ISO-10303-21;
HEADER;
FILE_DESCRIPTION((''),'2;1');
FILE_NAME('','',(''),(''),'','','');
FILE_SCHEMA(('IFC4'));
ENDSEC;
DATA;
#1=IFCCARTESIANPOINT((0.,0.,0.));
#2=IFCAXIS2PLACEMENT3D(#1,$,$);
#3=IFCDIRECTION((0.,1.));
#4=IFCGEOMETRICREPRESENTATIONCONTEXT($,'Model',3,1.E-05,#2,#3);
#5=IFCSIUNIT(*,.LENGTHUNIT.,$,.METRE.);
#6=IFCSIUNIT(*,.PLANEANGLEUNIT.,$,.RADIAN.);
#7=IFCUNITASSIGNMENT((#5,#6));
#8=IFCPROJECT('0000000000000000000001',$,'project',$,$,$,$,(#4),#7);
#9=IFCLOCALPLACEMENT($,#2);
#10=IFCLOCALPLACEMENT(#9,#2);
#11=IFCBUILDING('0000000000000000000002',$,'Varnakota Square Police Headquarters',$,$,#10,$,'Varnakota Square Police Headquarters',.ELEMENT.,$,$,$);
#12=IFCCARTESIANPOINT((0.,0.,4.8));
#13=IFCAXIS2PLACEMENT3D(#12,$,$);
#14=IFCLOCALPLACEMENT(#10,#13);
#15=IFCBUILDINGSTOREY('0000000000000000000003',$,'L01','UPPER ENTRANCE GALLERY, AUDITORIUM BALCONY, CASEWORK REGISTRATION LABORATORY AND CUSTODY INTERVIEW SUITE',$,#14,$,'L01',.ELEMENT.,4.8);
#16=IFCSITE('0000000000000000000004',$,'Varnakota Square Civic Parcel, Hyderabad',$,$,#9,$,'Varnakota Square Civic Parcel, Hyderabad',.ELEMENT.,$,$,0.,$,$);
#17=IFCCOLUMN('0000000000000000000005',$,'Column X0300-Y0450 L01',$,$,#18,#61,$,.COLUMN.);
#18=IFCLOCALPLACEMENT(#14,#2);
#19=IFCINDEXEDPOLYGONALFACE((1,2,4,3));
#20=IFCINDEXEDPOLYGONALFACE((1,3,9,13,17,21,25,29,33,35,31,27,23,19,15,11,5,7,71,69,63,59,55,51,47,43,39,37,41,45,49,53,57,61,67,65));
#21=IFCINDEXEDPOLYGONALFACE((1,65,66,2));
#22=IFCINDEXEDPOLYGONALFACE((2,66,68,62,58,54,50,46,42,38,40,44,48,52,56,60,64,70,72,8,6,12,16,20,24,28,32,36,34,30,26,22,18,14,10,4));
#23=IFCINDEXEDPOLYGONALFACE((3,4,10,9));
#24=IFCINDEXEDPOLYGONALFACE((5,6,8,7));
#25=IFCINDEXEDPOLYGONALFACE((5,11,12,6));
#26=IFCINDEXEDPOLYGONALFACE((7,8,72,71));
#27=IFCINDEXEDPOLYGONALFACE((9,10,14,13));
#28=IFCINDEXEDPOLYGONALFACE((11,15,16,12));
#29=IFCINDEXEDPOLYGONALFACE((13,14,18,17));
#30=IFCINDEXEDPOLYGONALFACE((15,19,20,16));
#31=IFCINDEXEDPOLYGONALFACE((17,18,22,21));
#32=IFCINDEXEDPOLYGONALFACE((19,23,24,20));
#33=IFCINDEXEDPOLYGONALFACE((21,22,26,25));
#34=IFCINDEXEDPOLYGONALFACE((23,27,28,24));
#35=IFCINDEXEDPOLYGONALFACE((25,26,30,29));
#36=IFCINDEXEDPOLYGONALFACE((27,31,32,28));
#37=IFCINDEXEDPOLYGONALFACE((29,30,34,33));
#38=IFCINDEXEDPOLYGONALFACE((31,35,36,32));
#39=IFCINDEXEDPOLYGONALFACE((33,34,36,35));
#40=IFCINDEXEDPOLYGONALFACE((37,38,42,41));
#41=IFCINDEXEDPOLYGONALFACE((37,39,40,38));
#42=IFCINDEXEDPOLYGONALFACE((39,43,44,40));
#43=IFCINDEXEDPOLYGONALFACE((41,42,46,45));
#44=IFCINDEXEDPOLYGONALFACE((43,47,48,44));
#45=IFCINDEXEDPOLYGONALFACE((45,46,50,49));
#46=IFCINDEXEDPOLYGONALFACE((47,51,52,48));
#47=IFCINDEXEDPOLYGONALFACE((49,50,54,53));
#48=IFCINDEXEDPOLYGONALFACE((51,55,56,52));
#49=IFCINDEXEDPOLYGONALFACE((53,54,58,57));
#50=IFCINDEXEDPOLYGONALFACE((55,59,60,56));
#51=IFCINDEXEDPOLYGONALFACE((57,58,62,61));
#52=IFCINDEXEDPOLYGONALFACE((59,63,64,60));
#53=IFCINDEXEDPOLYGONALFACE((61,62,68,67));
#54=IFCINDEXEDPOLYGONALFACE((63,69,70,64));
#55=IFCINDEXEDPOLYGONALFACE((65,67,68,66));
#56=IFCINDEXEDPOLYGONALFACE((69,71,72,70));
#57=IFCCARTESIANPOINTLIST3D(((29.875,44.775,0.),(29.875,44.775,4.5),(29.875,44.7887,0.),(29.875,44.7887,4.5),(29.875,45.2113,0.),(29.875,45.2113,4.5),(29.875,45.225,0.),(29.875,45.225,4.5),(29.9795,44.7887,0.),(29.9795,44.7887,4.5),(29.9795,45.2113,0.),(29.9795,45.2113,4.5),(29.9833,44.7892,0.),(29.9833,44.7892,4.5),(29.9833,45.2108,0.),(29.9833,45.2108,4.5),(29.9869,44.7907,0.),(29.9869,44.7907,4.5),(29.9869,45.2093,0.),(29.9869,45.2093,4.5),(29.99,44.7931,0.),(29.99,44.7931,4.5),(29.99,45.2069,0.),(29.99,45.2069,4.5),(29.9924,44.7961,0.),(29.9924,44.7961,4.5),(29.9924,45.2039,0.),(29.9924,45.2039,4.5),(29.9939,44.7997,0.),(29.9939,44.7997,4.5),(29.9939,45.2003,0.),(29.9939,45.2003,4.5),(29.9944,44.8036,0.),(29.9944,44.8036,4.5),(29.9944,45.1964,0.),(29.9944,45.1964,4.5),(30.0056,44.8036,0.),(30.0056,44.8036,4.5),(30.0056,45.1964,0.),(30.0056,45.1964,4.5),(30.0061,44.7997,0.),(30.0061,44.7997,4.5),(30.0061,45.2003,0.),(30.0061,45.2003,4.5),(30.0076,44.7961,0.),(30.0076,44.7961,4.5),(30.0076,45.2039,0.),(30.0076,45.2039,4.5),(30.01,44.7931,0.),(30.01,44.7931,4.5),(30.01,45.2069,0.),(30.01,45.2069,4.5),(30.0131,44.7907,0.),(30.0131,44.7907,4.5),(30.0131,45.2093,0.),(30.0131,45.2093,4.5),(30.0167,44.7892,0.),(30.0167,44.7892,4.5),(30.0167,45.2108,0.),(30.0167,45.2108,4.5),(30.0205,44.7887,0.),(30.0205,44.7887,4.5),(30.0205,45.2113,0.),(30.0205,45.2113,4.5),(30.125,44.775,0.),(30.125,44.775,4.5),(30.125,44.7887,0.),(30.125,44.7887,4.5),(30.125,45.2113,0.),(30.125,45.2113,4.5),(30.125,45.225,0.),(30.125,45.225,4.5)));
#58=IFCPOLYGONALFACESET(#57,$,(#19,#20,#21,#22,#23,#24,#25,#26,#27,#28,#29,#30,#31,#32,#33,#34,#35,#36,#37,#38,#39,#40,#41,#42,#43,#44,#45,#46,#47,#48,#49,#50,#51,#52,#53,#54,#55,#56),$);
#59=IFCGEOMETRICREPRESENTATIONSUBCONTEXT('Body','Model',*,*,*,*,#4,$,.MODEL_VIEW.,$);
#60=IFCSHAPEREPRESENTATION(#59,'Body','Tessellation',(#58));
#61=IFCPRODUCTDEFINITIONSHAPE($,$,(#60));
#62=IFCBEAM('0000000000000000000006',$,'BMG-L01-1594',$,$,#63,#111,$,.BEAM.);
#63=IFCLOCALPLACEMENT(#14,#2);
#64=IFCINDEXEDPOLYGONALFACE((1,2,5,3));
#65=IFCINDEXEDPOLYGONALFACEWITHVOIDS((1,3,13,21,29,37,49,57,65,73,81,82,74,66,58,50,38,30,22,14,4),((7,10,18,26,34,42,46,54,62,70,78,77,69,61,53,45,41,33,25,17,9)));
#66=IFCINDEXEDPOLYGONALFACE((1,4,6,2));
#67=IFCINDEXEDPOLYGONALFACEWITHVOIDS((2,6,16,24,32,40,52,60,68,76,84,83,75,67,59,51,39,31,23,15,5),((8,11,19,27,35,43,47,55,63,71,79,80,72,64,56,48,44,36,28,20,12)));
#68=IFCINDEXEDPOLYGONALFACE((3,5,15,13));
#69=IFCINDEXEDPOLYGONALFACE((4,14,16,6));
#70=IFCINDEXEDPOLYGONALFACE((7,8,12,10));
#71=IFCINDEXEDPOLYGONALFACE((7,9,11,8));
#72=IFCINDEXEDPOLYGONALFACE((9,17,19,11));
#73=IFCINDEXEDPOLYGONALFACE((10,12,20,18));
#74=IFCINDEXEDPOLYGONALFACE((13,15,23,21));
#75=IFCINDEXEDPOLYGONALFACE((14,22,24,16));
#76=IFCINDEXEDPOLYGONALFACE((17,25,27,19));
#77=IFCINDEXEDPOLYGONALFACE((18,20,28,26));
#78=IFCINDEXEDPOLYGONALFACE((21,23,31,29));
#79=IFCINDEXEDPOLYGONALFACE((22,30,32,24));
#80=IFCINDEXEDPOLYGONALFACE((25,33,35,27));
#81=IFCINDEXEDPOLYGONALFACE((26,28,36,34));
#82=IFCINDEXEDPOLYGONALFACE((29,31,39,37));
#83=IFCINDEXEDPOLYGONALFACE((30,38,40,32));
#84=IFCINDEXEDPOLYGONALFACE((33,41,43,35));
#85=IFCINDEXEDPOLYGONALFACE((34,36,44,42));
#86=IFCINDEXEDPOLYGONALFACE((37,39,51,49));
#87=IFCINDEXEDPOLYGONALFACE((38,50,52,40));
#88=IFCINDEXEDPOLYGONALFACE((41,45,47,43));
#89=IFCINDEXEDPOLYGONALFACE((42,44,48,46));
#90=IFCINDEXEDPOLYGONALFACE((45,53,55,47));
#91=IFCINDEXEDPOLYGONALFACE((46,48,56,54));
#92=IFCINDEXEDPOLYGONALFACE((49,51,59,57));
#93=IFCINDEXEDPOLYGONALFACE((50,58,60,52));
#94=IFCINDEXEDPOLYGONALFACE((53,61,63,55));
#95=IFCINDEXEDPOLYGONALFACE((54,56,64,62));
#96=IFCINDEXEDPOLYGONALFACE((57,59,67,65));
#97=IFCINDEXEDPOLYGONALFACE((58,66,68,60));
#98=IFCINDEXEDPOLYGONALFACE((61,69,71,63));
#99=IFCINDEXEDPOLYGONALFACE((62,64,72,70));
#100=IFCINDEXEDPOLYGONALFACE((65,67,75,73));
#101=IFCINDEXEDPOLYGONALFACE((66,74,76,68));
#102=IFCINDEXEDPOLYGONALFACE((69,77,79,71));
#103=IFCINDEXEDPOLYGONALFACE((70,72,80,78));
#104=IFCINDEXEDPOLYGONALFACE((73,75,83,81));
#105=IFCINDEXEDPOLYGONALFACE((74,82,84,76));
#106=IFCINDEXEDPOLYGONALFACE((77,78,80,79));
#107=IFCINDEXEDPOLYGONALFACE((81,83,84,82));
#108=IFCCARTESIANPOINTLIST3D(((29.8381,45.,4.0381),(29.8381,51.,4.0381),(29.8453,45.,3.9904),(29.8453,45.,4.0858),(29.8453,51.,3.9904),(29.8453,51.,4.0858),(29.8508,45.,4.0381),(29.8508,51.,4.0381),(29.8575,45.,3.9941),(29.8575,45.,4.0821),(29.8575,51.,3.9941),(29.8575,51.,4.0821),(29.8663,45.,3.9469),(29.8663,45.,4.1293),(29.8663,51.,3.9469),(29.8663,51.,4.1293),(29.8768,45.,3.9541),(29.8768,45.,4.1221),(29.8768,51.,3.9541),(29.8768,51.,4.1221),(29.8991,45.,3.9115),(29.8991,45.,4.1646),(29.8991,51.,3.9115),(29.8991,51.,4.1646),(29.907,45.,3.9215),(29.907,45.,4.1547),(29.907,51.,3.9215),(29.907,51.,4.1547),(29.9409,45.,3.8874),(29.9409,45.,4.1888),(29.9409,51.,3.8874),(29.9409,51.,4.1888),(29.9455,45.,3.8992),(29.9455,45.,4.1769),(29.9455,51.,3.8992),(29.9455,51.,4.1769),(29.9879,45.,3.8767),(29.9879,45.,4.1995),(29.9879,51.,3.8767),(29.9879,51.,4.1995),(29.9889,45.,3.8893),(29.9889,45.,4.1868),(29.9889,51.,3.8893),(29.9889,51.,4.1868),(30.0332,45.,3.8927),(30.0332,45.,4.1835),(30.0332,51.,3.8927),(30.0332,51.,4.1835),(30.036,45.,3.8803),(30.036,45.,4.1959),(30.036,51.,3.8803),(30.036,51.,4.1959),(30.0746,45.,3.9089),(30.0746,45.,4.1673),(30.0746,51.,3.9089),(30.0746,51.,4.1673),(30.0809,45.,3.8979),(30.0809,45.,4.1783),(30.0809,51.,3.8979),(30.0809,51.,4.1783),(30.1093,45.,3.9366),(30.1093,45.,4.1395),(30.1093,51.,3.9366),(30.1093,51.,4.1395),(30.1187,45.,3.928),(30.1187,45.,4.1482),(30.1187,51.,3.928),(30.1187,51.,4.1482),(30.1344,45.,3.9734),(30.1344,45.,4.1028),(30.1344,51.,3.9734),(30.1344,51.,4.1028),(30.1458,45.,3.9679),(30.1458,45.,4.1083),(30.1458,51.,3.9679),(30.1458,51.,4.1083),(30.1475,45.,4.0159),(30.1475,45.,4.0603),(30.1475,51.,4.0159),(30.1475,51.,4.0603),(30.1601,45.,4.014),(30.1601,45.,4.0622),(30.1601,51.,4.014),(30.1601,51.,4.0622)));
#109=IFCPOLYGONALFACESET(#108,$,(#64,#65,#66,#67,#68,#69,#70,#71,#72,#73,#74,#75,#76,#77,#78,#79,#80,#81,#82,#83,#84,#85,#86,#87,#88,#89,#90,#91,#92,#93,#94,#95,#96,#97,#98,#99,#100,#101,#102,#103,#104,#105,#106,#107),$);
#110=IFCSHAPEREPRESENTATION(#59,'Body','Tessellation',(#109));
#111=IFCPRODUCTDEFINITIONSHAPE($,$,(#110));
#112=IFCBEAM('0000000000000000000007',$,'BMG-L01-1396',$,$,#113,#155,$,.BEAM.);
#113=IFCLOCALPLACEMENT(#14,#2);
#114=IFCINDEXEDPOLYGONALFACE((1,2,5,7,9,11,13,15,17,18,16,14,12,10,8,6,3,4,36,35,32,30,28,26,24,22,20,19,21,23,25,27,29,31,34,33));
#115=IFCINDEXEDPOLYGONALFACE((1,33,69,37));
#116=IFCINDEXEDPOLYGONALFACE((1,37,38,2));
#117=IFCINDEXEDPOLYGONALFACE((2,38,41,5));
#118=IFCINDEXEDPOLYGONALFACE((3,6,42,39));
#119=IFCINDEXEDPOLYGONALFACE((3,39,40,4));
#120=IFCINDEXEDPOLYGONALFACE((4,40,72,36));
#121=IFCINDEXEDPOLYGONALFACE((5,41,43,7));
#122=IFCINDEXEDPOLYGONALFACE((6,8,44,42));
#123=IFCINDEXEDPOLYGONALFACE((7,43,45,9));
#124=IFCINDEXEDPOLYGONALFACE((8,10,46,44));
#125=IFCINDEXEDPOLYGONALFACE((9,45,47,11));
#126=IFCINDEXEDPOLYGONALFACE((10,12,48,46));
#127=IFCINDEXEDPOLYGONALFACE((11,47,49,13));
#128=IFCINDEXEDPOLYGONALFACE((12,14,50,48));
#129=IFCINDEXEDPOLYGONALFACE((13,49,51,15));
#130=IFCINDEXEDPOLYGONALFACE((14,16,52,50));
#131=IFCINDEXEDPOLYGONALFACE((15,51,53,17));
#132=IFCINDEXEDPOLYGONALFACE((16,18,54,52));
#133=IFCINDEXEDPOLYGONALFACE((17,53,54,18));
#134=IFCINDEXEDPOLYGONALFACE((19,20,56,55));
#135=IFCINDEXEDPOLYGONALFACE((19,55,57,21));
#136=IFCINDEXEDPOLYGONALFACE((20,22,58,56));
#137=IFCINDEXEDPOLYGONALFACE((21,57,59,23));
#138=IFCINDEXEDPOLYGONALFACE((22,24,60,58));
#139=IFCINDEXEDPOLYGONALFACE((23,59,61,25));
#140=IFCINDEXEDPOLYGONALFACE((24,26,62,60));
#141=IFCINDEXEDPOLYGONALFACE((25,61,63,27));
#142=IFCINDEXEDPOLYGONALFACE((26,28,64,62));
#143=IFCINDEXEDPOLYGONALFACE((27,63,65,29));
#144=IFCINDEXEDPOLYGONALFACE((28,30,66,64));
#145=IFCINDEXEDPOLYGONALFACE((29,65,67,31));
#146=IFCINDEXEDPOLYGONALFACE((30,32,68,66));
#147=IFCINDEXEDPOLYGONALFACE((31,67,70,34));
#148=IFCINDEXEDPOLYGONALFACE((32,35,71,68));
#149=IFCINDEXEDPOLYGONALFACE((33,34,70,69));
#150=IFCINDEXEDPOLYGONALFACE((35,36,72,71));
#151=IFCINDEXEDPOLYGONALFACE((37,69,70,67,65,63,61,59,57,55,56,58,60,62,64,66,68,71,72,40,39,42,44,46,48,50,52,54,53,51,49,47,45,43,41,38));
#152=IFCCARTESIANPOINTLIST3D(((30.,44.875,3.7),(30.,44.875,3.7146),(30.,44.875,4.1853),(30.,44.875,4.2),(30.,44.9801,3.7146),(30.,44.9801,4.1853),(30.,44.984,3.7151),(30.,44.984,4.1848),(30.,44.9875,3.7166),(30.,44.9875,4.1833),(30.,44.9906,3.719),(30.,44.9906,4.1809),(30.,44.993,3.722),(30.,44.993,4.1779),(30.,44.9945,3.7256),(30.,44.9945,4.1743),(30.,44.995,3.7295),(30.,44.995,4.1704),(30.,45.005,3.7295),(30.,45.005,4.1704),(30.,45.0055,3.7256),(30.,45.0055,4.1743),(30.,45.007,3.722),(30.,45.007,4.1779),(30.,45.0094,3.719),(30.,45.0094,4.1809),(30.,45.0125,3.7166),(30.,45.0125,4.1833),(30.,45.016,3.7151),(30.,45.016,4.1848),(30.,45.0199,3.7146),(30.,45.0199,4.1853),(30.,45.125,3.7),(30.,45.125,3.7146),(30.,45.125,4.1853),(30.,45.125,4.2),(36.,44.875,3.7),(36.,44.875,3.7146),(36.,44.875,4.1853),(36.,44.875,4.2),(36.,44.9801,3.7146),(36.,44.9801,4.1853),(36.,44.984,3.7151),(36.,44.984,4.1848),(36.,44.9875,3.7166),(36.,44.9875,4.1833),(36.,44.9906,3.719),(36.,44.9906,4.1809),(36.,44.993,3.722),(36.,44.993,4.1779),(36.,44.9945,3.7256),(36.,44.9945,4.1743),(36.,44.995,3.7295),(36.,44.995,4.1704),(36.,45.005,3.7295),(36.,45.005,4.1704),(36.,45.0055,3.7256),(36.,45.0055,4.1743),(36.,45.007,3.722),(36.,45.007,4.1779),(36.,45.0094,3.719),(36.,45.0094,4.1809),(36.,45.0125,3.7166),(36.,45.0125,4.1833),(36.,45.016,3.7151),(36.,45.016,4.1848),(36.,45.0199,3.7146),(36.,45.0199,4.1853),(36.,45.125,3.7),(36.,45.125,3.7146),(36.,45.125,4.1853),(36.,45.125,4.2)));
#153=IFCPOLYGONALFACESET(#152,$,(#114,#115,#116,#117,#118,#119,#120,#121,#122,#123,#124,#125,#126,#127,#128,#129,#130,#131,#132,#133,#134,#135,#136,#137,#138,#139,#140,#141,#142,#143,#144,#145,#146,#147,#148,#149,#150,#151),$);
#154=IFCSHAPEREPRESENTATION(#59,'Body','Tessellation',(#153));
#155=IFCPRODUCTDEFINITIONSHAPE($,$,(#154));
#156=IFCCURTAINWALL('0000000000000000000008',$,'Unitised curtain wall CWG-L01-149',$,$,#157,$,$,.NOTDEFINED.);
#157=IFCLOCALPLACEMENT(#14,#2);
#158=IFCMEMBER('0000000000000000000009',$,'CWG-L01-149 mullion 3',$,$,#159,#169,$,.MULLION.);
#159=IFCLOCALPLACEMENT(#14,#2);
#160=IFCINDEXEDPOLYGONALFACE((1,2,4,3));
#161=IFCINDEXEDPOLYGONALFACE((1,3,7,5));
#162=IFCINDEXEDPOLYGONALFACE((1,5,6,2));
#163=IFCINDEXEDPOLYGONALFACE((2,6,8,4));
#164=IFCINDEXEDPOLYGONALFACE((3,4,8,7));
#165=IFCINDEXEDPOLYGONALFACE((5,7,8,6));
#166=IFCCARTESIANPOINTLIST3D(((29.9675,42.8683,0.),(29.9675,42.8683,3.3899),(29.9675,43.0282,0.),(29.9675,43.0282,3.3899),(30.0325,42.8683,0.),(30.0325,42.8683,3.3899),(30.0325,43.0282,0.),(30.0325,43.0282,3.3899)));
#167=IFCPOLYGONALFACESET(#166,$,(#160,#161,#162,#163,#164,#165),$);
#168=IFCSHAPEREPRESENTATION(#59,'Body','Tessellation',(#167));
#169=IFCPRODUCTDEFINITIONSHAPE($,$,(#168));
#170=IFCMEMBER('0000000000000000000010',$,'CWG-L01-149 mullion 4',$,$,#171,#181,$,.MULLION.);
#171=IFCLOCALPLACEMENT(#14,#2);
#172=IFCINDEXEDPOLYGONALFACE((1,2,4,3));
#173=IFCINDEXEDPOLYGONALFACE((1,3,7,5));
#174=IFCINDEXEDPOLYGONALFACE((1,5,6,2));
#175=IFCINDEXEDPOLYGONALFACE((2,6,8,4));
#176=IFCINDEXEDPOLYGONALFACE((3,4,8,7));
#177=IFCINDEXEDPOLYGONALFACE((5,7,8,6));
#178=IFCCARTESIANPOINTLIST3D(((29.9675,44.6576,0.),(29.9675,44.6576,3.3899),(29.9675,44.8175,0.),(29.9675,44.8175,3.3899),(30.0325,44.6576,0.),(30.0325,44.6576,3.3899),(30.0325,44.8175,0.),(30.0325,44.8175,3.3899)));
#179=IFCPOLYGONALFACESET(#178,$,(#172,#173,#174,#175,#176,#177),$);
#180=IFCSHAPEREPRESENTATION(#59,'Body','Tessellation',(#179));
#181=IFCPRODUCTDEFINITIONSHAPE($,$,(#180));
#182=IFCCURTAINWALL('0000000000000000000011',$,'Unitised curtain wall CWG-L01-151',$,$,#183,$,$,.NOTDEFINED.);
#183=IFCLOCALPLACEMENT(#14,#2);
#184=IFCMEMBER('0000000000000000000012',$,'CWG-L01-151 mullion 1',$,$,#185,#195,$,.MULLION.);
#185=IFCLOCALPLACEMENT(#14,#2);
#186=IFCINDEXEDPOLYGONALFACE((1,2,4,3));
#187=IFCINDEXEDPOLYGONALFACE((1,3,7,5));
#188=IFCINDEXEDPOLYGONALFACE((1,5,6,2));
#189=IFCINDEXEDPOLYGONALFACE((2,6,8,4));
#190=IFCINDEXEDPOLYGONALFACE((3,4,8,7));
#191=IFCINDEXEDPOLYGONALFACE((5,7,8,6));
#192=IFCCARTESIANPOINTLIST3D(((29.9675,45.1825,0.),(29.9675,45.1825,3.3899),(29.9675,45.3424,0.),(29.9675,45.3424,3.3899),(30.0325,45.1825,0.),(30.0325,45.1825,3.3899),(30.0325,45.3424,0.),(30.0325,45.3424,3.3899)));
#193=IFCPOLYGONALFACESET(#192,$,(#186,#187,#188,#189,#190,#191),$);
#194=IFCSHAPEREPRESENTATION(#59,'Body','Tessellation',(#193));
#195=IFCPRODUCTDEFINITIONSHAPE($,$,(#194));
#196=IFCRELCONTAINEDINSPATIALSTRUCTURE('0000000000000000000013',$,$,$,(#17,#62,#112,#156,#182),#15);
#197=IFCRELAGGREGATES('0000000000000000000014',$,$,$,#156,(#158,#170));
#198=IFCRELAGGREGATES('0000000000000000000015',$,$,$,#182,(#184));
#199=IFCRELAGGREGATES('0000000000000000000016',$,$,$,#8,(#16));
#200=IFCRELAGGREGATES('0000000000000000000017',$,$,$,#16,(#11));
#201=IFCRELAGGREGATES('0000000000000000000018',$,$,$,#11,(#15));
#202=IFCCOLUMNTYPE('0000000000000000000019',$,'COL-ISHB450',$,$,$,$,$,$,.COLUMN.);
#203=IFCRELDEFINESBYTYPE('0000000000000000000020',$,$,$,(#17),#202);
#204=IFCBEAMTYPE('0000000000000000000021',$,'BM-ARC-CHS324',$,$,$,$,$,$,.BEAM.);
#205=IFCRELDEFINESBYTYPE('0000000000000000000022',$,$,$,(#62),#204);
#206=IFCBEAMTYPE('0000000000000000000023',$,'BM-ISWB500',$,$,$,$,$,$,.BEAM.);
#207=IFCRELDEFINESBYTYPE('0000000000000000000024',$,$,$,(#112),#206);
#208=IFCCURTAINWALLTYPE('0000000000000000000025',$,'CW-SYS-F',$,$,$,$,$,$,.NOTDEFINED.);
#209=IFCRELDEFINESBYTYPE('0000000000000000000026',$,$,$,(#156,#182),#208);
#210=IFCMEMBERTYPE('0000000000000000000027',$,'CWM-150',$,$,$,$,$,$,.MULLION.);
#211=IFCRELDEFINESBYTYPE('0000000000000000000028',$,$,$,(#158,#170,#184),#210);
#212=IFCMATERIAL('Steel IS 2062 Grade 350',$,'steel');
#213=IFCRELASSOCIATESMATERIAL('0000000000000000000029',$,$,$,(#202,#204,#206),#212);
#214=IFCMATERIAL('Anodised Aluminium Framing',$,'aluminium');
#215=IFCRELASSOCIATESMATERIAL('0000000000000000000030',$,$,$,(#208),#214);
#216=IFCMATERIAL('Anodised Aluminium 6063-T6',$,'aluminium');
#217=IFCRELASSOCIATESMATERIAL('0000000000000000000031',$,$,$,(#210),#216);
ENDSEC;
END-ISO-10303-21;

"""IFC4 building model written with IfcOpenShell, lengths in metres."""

from ifc_helpers import new_model, si_unit, direction, frame, origin, origin_2d, place, context, subcontext, project, spatial, rectangle, hollow_circle, i_section, extrude, material, material_profile, profile_set, type_object, element, aggregate, save


model = new_model("IFC4")

# Units and contexts
model_context = context("Model", 3, precision=1e-05, world=origin(), true_north=direction((0.0, 1.0)))
body_context = subcontext(model_context, "Body", "Model", "MODEL_VIEW")
ifc_project = project(units=[si_unit("LENGTHUNIT", "METRE"), si_unit("PLANEANGLEUNIT", "RADIAN")], contexts=[model_context])

# Site, building, storey
site_placement = place(None, origin())
site = spatial("IfcSite", under=ifc_project, at=site_placement, Name="Varnakota Square Civic Parcel, Hyderabad", LongName="Varnakota Square Civic Parcel, Hyderabad", CompositionType="ELEMENT", RefElevation=0.0)
building_placement = place(site_placement, origin())
building = spatial("IfcBuilding", under=site, at=building_placement, Name="Varnakota Square Police Headquarters", LongName="Varnakota Square Police Headquarters", CompositionType="ELEMENT")
storey_placement = place(building_placement, frame((0.0, 0.0, 4.8)))
storey = spatial("IfcBuildingStorey", under=building, at=storey_placement, Name="L01", Description="UPPER ENTRANCE GALLERY, AUDITORIUM BALCONY, CASEWORK REGISTRATION LABORATORY AND CUSTODY INTERVIEW SUITE", LongName="L01", CompositionType="ELEMENT", Elevation=4.8)

# Column
ifc_material_1 = material(Name="Steel IS 2062 Grade 350", Category="steel")
ifc_material_profile_1 = material_profile(ifc_material_1, i_section(OverallWidth=0.25, OverallDepth=0.45, WebThickness=0.0112, FlangeThickness=0.0137, FilletRadius=0.0149, at=origin_2d()), Name="ISHB 450")
ifc_profile_set_1 = profile_set([ifc_material_profile_1], Name="Steel IS 2062 Grade 350")
column_type = type_object("IfcColumnType", Name="COL-ISHB450", PredefinedType="COLUMN", material=ifc_profile_set_1)
column_placement = place(storey_placement, frame((30.0, 45.0, 0.0), z_axis=(0.0, 0.0, 1.0), x_axis=(1.0, 0.0, 0.0)))
element("IfcColumn", 1, at=column_placement, inside=storey, type_object=column_type, Name="Column X0300-Y0450 L01", PredefinedType="COLUMN", context=body_context, shape_type="SweptSolid", body=[
    extrude(i_section(OverallWidth=0.25, OverallDepth=0.45, WebThickness=0.0112, FlangeThickness=0.0137, FilletRadius=0.0149, at=origin_2d()), origin(), (0.0, 0.0, 1.0), 4.5),
])

# Beams
ifc_material_profile_2 = material_profile(ifc_material_1, hollow_circle(Radius=0.1619, WallThickness=0.0127, at=origin_2d()), Name="CHS 323.9x12.7")
ifc_profile_set_2 = profile_set([ifc_material_profile_2], Name="Steel IS 2062 Grade 350")
beam_type_1 = type_object("IfcBeamType", Name="BM-ARC-CHS324", PredefinedType="BEAM", material=ifc_profile_set_2)
beam_1_placement = place(storey_placement, frame((30.0, 45.0, 4.0381), z_axis=(0.0, 1.0, 0.0), x_axis=(-1.0, 0.0, 0.0)))
element("IfcBeam", 2, at=beam_1_placement, inside=storey, type_object=beam_type_1, Name="BMG-L01-1594", PredefinedType="BEAM", context=body_context, shape_type="SweptSolid", body=[
    extrude(hollow_circle(Radius=0.1619, WallThickness=0.0127, at=origin_2d()), origin(), (0.0, 0.0, 1.0), 6.0),
])
ifc_material_profile_3 = material_profile(ifc_material_1, i_section(OverallWidth=0.25, OverallDepth=0.5, WebThickness=0.01, FlangeThickness=0.0146, FilletRadius=0.0149, at=origin_2d()), Name="ISWB 500")
ifc_profile_set_3 = profile_set([ifc_material_profile_3], Name="Steel IS 2062 Grade 350")
beam_type_2 = type_object("IfcBeamType", Name="BM-ISWB500", PredefinedType="BEAM", material=ifc_profile_set_3)
beam_2_placement = place(storey_placement, frame((30.0, 45.0, 3.95), z_axis=(1.0, 0.0, 0.0), x_axis=(0.0, 1.0, 0.0)))
element("IfcBeam", 3, at=beam_2_placement, inside=storey, type_object=beam_type_2, Name="BMG-L01-1396", PredefinedType="BEAM", context=body_context, shape_type="SweptSolid", body=[
    extrude(i_section(OverallWidth=0.25, OverallDepth=0.5, WebThickness=0.01, FlangeThickness=0.0146, FilletRadius=0.0149, at=origin_2d()), origin(), (0.0, 0.0, 1.0), 6.0),
])

# Curtain walls, members
ifc_material_2 = material(Name="Anodised Aluminium Framing", Category="aluminium")
curtain_wall_type = type_object("IfcCurtainWallType", Name="CW-SYS-F", PredefinedType="NOTDEFINED", material=ifc_material_2)
curtain_wall_1_placement = place(storey_placement, origin())
curtain_wall_1 = element("IfcCurtainWall", 4, at=curtain_wall_1_placement, inside=storey, type_object=curtain_wall_type, Name="Unitised curtain wall CWG-L01-149", PredefinedType="NOTDEFINED")
ifc_material_3 = material(Name="Anodised Aluminium 6063-T6", Category="aluminium")
ifc_material_profile_4 = material_profile(ifc_material_3, rectangle(XDim=0.0649, YDim=0.1599, at=origin_2d()), Name="ALU MULLION 65x160")
ifc_profile_set_4 = profile_set([ifc_material_profile_4], Name="Anodised Aluminium 6063-T6")
member_type_1 = type_object("IfcMemberType", Name="CWM-150", PredefinedType="MULLION", material=ifc_profile_set_4)
member_1_placement = place(storey_placement, frame((30.0, 42.9482, 0.0), z_axis=(0.0, 0.0, 1.0), x_axis=(-1.0, 0.0, 0.0)))
member_1 = element("IfcMember", 5, at=member_1_placement, type_object=member_type_1, Name="CWG-L01-149 mullion 3", PredefinedType="MULLION", context=body_context, shape_type="SweptSolid", body=[
    extrude(rectangle(XDim=0.0649, YDim=0.1599, at=origin_2d()), origin(), (0.0, 0.0, 1.0), 3.3899),
])
member_2_placement = place(storey_placement, frame((30.0, 44.7375, 0.0), z_axis=(0.0, 0.0, 1.0), x_axis=(-1.0, 0.0, 0.0)))
member_2 = element("IfcMember", 6, at=member_2_placement, type_object=member_type_1, Name="CWG-L01-149 mullion 4", PredefinedType="MULLION", context=body_context, shape_type="SweptSolid", body=[
    extrude(rectangle(XDim=0.0649, YDim=0.1599, at=origin_2d()), origin(), (0.0, 0.0, 1.0), 3.3899),
])
curtain_wall_2_placement = place(storey_placement, origin())
curtain_wall_2 = element("IfcCurtainWall", 7, at=curtain_wall_2_placement, inside=storey, type_object=curtain_wall_type, Name="Unitised curtain wall CWG-L01-151", PredefinedType="NOTDEFINED")
member_3_placement = place(storey_placement, frame((30.0, 45.2625, 0.0), z_axis=(0.0, 0.0, 1.0), x_axis=(-1.0, 0.0, 0.0)))
member_3 = element("IfcMember", 8, at=member_3_placement, type_object=member_type_1, Name="CWG-L01-151 mullion 1", PredefinedType="MULLION", context=body_context, shape_type="SweptSolid", body=[
    extrude(rectangle(XDim=0.0649, YDim=0.1599, at=origin_2d()), origin(), (0.0, 0.0, 1.0), 3.3899),
])

aggregate(curtain_wall_1, [member_1, member_2])
aggregate(curtain_wall_2, [member_3])

save(model, "model.ifc")
